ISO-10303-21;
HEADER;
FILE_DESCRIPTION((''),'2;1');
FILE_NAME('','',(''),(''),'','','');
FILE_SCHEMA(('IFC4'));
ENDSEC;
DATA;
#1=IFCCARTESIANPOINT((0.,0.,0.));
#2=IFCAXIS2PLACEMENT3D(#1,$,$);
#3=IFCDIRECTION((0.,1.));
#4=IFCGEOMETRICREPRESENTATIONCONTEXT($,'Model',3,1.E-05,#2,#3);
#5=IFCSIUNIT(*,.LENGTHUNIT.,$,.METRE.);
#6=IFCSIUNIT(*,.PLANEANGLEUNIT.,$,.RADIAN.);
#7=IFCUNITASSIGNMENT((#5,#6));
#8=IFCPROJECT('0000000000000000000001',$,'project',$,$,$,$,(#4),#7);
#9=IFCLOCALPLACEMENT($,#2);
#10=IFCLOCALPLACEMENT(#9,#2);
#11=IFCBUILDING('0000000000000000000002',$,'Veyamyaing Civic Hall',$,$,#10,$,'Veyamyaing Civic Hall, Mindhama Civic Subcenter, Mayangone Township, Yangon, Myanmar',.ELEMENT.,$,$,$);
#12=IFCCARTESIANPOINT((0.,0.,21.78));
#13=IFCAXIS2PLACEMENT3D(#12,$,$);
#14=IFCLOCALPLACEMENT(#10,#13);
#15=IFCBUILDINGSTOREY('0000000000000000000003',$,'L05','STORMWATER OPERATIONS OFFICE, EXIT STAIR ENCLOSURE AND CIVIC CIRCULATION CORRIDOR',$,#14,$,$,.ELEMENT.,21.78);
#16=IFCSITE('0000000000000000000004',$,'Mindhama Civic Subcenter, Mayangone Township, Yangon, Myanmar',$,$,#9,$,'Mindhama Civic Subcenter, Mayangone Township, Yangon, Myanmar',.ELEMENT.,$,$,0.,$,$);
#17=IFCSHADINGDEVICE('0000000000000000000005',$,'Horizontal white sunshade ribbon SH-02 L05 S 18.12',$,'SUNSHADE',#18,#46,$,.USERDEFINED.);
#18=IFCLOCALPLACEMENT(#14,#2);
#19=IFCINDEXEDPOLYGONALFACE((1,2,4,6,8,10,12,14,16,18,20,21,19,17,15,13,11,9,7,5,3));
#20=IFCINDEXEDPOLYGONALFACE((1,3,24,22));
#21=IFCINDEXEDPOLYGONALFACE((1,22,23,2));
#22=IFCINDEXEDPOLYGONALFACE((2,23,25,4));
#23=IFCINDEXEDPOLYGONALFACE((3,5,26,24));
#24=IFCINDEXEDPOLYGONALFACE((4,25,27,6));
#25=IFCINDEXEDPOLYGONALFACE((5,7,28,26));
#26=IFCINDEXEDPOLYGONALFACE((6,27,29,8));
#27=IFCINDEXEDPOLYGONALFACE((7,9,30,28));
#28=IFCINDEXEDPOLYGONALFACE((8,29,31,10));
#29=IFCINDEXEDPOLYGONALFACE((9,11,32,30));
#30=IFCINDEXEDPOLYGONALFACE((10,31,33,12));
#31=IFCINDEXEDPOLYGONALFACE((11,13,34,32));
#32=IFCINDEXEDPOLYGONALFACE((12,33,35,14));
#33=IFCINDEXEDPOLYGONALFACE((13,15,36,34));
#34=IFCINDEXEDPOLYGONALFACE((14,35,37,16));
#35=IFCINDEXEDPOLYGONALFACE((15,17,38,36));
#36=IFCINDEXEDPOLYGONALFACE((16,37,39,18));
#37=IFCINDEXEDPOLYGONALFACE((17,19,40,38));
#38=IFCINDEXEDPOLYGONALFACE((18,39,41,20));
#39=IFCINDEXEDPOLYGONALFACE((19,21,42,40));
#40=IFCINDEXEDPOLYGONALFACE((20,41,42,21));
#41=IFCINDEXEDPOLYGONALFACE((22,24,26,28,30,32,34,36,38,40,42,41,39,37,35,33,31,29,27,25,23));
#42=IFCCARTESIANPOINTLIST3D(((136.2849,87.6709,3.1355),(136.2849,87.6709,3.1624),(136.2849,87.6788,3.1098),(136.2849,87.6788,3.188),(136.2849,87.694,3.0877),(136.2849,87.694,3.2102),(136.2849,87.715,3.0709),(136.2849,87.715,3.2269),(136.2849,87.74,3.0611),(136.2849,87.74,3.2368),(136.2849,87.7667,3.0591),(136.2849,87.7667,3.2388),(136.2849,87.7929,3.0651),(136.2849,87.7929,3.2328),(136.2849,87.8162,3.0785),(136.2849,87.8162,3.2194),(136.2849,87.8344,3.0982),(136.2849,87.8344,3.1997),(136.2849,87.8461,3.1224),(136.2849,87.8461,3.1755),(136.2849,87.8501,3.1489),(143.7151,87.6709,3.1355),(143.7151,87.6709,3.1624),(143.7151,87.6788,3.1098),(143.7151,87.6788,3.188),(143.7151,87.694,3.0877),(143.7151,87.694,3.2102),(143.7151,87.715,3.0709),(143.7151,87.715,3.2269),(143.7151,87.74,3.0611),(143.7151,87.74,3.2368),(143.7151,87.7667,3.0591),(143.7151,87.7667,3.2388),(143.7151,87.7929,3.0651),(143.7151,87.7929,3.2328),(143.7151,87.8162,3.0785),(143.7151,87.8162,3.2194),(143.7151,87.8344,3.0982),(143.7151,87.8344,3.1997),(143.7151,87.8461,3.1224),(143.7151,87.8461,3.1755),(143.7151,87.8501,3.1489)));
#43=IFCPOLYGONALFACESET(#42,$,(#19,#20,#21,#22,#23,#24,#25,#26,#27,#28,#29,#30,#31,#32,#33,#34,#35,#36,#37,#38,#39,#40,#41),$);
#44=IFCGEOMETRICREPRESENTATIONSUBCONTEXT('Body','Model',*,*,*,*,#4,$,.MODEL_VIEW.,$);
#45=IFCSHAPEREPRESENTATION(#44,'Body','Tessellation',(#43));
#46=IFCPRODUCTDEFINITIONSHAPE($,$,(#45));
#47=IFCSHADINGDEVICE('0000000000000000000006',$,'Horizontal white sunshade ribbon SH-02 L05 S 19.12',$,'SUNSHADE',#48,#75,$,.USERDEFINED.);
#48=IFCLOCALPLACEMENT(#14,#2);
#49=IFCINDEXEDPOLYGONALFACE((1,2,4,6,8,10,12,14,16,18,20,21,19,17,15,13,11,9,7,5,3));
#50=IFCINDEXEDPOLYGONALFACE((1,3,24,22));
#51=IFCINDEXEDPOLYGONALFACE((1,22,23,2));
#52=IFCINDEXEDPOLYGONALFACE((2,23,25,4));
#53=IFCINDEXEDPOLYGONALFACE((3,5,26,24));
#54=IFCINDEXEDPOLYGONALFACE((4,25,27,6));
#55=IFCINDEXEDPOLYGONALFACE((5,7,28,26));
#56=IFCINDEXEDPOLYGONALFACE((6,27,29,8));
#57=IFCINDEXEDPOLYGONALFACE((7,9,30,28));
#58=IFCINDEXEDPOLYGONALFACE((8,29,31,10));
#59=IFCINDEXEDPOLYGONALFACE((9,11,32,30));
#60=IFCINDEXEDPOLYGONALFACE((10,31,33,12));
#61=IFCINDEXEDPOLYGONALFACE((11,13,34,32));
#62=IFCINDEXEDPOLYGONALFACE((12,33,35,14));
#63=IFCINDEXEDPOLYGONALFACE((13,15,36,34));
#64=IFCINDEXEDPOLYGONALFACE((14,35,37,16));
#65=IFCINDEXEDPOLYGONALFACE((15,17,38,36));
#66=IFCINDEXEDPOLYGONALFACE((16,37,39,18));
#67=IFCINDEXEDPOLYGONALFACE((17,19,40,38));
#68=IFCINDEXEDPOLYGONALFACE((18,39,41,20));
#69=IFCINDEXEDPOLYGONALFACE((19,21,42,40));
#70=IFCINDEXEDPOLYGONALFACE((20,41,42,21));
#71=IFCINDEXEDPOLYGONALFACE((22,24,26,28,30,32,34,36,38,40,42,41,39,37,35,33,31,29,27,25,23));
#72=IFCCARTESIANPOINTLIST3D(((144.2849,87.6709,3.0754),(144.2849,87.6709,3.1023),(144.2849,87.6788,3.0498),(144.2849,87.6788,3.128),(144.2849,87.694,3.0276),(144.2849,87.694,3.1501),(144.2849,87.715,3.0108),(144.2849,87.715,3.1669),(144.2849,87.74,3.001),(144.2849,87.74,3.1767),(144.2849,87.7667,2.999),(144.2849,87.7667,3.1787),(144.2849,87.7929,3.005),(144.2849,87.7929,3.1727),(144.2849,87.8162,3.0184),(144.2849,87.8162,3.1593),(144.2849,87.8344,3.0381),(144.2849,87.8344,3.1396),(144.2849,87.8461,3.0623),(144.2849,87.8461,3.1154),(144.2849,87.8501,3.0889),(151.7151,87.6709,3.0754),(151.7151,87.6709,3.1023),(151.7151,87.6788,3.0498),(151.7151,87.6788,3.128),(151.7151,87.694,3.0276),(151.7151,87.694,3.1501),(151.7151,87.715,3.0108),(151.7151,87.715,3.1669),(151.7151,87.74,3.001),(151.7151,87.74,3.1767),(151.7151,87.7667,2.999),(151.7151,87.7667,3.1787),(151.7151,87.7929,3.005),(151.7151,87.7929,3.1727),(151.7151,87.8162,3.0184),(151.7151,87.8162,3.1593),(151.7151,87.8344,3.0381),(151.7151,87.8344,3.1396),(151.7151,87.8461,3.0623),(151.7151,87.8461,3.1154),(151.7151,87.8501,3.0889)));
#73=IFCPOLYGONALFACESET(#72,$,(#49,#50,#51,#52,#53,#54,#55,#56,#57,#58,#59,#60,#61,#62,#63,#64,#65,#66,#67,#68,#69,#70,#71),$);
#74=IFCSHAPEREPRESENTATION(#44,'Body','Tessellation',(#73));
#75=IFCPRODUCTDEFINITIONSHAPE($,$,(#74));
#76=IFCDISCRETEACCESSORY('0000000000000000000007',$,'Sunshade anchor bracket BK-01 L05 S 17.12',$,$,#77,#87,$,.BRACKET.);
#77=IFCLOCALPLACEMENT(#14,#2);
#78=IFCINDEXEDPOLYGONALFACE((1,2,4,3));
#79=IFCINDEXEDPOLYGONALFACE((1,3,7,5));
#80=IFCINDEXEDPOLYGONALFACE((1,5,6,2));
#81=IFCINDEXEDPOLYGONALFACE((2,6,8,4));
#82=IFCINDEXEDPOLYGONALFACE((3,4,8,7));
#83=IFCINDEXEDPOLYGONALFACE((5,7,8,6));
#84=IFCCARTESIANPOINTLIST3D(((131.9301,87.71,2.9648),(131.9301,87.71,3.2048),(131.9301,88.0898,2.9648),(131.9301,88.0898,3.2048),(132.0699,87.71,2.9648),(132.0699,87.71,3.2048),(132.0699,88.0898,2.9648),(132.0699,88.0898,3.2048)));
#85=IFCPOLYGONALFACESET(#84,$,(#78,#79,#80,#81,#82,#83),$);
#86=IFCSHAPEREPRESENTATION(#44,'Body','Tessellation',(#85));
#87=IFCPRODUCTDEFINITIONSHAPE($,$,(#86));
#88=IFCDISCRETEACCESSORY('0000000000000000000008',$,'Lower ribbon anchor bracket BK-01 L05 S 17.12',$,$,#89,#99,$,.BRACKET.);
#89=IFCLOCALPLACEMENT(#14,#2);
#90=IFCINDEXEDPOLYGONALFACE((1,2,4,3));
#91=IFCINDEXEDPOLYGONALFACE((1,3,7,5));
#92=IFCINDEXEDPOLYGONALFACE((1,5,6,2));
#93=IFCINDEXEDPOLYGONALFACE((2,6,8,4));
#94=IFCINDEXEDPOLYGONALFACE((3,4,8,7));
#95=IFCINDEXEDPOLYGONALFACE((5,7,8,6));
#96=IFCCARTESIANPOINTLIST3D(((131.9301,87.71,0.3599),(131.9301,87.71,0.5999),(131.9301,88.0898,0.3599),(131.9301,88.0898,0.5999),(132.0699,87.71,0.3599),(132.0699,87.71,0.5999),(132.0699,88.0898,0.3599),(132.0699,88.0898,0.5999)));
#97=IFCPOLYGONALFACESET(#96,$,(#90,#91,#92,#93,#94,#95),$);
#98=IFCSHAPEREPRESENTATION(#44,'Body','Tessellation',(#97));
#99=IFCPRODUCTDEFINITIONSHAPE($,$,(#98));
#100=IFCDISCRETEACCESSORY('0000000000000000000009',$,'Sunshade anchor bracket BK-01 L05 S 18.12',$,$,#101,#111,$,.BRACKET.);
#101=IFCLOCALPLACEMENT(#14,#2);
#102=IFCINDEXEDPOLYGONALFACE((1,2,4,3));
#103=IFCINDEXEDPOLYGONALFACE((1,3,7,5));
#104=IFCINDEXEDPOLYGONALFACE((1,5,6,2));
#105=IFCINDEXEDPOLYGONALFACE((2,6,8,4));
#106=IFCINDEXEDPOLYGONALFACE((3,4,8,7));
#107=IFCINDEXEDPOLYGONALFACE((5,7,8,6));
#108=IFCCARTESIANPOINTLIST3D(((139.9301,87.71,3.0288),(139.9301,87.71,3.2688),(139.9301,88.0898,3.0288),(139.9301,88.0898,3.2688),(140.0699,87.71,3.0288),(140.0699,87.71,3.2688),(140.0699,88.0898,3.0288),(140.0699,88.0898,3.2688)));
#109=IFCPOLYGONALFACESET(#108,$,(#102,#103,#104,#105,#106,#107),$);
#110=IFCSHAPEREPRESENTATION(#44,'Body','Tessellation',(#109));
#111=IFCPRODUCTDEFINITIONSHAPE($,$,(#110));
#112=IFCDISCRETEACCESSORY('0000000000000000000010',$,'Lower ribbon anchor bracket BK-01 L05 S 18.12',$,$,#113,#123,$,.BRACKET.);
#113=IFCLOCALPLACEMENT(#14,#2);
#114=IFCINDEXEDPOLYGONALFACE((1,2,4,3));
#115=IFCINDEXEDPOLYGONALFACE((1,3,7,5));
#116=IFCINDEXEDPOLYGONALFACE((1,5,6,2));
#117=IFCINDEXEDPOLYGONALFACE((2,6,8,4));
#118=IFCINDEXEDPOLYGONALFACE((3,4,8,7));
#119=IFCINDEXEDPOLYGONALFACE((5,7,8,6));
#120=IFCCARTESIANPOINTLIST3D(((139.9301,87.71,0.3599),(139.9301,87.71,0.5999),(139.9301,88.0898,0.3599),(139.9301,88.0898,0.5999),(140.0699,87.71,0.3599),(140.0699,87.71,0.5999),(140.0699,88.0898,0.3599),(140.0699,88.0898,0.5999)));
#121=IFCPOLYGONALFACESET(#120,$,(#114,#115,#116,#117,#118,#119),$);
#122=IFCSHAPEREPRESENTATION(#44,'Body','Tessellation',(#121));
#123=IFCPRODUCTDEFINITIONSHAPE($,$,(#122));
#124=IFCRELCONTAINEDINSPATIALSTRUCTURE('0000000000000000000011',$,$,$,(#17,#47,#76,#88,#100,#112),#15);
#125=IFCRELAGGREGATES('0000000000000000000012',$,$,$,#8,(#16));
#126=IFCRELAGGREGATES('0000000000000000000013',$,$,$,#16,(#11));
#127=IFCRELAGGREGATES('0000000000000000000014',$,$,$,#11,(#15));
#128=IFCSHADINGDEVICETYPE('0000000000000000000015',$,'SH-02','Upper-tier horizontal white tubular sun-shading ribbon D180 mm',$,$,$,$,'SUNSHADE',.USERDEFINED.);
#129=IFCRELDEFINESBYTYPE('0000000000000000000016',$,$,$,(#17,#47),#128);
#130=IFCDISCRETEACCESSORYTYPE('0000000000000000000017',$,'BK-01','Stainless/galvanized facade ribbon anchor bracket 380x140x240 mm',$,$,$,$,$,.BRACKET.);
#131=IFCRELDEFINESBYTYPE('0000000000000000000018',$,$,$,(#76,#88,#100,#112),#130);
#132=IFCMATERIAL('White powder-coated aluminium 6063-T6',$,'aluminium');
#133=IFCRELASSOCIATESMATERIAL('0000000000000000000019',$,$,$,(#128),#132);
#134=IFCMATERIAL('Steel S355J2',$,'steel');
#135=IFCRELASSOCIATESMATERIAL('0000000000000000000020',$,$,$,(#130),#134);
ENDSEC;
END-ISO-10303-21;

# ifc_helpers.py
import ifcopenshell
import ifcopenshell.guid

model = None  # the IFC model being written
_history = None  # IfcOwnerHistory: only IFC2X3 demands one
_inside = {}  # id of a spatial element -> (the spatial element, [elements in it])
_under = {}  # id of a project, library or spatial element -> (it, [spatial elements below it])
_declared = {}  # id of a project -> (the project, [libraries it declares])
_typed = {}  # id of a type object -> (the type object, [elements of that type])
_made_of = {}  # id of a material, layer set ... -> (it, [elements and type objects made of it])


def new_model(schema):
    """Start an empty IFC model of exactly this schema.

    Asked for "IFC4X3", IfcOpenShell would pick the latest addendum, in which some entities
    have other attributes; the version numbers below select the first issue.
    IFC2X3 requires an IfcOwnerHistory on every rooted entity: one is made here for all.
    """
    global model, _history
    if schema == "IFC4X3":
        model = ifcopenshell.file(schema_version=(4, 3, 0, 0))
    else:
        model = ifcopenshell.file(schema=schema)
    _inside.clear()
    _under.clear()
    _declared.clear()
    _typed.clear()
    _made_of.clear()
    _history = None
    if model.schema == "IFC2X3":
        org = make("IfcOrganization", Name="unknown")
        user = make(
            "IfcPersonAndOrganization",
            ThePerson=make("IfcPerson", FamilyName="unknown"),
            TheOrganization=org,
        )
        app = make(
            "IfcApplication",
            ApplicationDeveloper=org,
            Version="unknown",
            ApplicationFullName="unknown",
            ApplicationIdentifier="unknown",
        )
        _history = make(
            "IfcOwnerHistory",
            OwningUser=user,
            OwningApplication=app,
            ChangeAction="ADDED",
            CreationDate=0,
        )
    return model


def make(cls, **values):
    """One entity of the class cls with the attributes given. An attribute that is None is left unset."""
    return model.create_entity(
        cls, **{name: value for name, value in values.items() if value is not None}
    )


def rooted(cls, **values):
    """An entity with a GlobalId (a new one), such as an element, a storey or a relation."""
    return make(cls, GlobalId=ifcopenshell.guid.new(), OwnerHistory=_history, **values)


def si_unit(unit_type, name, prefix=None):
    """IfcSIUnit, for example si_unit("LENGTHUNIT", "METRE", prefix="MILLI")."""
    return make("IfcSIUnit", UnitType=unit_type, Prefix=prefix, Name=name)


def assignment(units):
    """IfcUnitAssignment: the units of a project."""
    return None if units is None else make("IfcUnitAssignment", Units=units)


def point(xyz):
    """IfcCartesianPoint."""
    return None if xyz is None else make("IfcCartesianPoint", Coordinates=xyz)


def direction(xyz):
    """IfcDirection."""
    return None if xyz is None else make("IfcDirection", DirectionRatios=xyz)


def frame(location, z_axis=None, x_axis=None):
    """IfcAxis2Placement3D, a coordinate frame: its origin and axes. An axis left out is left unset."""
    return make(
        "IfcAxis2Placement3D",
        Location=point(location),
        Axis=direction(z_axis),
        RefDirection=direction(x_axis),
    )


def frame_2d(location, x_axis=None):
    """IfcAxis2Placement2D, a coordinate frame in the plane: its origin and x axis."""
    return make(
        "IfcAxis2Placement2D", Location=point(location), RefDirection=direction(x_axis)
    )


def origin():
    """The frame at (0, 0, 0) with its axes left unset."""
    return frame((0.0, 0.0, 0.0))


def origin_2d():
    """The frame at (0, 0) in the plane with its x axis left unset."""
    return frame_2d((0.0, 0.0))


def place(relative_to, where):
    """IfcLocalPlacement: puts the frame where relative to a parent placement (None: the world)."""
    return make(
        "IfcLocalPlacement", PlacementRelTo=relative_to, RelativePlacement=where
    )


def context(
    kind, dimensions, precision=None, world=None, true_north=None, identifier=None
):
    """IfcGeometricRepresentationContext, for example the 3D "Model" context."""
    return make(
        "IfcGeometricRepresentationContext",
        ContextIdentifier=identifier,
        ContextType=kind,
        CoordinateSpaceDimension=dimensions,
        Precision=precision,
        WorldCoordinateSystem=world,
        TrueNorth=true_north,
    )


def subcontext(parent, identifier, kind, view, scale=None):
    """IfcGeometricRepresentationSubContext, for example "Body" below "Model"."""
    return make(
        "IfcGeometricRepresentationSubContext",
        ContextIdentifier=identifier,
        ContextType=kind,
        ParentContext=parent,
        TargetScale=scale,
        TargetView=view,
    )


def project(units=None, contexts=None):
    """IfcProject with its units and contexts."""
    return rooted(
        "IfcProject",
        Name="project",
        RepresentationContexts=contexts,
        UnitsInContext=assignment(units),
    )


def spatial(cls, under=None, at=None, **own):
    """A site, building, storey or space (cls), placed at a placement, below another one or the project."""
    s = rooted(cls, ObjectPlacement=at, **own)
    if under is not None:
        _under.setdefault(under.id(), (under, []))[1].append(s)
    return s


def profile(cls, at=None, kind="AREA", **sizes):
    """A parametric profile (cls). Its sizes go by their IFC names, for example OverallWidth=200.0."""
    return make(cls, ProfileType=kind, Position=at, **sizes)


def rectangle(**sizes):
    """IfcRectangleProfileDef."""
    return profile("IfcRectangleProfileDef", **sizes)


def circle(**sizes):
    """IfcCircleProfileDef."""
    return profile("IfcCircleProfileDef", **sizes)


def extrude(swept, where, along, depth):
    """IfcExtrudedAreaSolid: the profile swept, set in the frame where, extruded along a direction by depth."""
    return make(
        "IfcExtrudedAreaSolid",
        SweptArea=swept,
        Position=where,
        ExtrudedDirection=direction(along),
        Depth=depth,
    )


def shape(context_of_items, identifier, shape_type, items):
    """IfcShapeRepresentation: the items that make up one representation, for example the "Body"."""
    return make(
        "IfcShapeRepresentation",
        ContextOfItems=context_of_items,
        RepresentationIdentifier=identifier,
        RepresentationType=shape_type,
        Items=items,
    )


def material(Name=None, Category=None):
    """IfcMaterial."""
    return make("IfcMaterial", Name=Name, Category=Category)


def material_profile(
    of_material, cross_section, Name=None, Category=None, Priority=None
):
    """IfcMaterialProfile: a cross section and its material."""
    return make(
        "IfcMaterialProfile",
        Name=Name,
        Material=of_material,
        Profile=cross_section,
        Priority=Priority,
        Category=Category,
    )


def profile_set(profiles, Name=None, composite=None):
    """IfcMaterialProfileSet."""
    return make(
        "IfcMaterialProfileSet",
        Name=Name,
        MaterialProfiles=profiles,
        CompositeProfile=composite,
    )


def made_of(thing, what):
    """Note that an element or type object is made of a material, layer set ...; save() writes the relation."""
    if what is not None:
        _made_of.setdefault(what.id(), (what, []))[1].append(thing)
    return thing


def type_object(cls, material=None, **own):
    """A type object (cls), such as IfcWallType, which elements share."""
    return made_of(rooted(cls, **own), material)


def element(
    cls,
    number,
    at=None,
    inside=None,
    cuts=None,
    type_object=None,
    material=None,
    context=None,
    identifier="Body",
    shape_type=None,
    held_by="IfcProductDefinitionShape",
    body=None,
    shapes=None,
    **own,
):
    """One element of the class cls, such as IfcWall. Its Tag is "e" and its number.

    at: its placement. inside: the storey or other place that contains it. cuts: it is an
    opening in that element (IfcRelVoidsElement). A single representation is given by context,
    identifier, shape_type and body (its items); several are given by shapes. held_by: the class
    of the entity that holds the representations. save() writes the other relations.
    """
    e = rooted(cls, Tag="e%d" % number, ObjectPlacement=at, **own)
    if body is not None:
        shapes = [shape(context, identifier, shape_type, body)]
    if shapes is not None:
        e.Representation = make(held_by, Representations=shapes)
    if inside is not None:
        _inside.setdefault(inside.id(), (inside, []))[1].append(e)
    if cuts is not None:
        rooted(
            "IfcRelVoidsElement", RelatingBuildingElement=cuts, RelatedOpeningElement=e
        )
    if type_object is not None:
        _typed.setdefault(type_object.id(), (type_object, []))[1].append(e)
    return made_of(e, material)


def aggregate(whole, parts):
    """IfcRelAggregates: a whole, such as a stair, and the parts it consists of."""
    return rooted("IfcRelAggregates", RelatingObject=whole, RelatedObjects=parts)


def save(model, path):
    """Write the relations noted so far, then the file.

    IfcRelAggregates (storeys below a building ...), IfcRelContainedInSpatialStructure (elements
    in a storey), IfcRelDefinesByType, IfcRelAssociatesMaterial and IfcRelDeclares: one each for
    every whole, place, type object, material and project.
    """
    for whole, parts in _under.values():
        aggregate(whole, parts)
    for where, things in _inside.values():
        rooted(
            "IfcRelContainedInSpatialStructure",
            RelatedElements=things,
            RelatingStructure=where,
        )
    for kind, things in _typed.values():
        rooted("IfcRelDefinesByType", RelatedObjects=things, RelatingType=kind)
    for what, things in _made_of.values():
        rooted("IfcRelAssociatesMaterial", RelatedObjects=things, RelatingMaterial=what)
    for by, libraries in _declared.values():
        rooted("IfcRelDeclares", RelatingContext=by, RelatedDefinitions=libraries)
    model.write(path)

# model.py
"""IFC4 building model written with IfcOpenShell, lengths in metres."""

from ifc_helpers import new_model, si_unit, direction, frame, origin, origin_2d, place, context, subcontext, project, spatial, rectangle, circle, extrude, material, material_profile, profile_set, type_object, element, save


model = new_model("IFC4")

# Units and contexts
model_context = context("Model", 3, precision=1e-05, world=origin(), true_north=direction((0.0, 1.0)))
body_context = subcontext(model_context, "Body", "Model", "MODEL_VIEW")
ifc_project = project(units=[si_unit("LENGTHUNIT", "METRE"), si_unit("PLANEANGLEUNIT", "RADIAN")], contexts=[model_context])

# Site, building, storey
site_placement = place(None, origin())
site = spatial("IfcSite", under=ifc_project, at=site_placement, Name="Mindhama Civic Subcenter, Mayangone Township, Yangon, Myanmar", LongName="Mindhama Civic Subcenter, Mayangone Township, Yangon, Myanmar", CompositionType="ELEMENT", RefElevation=0.0)
building_placement = place(site_placement, origin())
building = spatial("IfcBuilding", under=site, at=building_placement, Name="Veyamyaing Civic Hall", LongName="Veyamyaing Civic Hall, Mindhama Civic Subcenter, Mayangone Township, Yangon, Myanmar", CompositionType="ELEMENT")
storey_placement = place(building_placement, frame((0.0, 0.0, 21.78)))
storey = spatial("IfcBuildingStorey", under=building, at=storey_placement, Name="L05", Description="STORMWATER OPERATIONS OFFICE, EXIT STAIR ENCLOSURE AND CIVIC CIRCULATION CORRIDOR", CompositionType="ELEMENT", Elevation=21.78)

# Shared definitions
ifc_material_1 = material(Name="White powder-coated aluminium 6063-T6", Category="aluminium")

# Shading devices
ifc_material_profile_1 = material_profile(ifc_material_1, circle(Radius=0.0901, at=origin_2d()), Name="SHADE-TUBE-180")
ifc_profile_set_1 = profile_set([ifc_material_profile_1], Name="White powder-coated aluminium 6063-T6")
shading_device_type = type_object("IfcShadingDeviceType", Name="SH-02", Description="Upper-tier horizontal white tubular sun-shading ribbon D180 mm", ElementType="SUNSHADE", PredefinedType="USERDEFINED", material=ifc_profile_set_1)
for number, where, z_axis, x_axis, name in (
    (1, (136.2849, 87.76, 3.1489), (1.0, 0.0, 0.0), (0.0, 1.0, 0.0), "Horizontal white sunshade ribbon SH-02 L05 S 18.12"),
    (2, (144.2849, 87.76, 3.0889), (1.0, 0.0, 0.0), (0.0, 1.0, 0.0), "Horizontal white sunshade ribbon SH-02 L05 S 19.12"),
):
    element("IfcShadingDevice", number, at=place(storey_placement, frame(where, z_axis=z_axis, x_axis=x_axis)), inside=storey, type_object=shading_device_type, Name=name, ObjectType="SUNSHADE", PredefinedType="USERDEFINED", context=body_context, shape_type="SweptSolid", body=[
        extrude(circle(Radius=0.0901, at=origin_2d()), origin(), (0.0, 0.0, 1.0), 7.4302),
    ])

# Discrete accessories
ifc_material_2 = material(Name="Steel S355J2", Category="steel")
discrete_accessory_type = type_object("IfcDiscreteAccessoryType", Name="BK-01", Description="Stainless/galvanized facade ribbon anchor bracket 380x140x240 mm", PredefinedType="BRACKET", material=ifc_material_2)
for number, where, z_axis, x_axis, name in (
    (3, (132.0, 87.8999, 2.9648), (0.0, 0.0, 1.0), (0.0, -1.0, 0.0), "Sunshade anchor bracket BK-01 L05 S 17.12"),
    (4, (132.0, 87.8999, 0.3599), (0.0, 0.0, 1.0), (0.0, -1.0, 0.0), "Lower ribbon anchor bracket BK-01 L05 S 17.12"),
    (5, (140.0, 87.8999, 3.0288), (0.0, 0.0, 1.0), (0.0, -1.0, 0.0), "Sunshade anchor bracket BK-01 L05 S 18.12"),
    (6, (140.0, 87.8999, 0.3599), (0.0, 0.0, 1.0), (0.0, -1.0, 0.0), "Lower ribbon anchor bracket BK-01 L05 S 18.12"),
):
    element("IfcDiscreteAccessory", number, at=place(storey_placement, frame(where, z_axis=z_axis, x_axis=x_axis)), inside=storey, type_object=discrete_accessory_type, Name=name, PredefinedType="BRACKET", context=body_context, shape_type="SweptSolid", body=[
        extrude(rectangle(XDim=0.3799, YDim=0.1399, at=origin_2d()), origin(), (0.0, 0.0, 1.0), 0.24),
    ])

save(model, "model.ifc")
